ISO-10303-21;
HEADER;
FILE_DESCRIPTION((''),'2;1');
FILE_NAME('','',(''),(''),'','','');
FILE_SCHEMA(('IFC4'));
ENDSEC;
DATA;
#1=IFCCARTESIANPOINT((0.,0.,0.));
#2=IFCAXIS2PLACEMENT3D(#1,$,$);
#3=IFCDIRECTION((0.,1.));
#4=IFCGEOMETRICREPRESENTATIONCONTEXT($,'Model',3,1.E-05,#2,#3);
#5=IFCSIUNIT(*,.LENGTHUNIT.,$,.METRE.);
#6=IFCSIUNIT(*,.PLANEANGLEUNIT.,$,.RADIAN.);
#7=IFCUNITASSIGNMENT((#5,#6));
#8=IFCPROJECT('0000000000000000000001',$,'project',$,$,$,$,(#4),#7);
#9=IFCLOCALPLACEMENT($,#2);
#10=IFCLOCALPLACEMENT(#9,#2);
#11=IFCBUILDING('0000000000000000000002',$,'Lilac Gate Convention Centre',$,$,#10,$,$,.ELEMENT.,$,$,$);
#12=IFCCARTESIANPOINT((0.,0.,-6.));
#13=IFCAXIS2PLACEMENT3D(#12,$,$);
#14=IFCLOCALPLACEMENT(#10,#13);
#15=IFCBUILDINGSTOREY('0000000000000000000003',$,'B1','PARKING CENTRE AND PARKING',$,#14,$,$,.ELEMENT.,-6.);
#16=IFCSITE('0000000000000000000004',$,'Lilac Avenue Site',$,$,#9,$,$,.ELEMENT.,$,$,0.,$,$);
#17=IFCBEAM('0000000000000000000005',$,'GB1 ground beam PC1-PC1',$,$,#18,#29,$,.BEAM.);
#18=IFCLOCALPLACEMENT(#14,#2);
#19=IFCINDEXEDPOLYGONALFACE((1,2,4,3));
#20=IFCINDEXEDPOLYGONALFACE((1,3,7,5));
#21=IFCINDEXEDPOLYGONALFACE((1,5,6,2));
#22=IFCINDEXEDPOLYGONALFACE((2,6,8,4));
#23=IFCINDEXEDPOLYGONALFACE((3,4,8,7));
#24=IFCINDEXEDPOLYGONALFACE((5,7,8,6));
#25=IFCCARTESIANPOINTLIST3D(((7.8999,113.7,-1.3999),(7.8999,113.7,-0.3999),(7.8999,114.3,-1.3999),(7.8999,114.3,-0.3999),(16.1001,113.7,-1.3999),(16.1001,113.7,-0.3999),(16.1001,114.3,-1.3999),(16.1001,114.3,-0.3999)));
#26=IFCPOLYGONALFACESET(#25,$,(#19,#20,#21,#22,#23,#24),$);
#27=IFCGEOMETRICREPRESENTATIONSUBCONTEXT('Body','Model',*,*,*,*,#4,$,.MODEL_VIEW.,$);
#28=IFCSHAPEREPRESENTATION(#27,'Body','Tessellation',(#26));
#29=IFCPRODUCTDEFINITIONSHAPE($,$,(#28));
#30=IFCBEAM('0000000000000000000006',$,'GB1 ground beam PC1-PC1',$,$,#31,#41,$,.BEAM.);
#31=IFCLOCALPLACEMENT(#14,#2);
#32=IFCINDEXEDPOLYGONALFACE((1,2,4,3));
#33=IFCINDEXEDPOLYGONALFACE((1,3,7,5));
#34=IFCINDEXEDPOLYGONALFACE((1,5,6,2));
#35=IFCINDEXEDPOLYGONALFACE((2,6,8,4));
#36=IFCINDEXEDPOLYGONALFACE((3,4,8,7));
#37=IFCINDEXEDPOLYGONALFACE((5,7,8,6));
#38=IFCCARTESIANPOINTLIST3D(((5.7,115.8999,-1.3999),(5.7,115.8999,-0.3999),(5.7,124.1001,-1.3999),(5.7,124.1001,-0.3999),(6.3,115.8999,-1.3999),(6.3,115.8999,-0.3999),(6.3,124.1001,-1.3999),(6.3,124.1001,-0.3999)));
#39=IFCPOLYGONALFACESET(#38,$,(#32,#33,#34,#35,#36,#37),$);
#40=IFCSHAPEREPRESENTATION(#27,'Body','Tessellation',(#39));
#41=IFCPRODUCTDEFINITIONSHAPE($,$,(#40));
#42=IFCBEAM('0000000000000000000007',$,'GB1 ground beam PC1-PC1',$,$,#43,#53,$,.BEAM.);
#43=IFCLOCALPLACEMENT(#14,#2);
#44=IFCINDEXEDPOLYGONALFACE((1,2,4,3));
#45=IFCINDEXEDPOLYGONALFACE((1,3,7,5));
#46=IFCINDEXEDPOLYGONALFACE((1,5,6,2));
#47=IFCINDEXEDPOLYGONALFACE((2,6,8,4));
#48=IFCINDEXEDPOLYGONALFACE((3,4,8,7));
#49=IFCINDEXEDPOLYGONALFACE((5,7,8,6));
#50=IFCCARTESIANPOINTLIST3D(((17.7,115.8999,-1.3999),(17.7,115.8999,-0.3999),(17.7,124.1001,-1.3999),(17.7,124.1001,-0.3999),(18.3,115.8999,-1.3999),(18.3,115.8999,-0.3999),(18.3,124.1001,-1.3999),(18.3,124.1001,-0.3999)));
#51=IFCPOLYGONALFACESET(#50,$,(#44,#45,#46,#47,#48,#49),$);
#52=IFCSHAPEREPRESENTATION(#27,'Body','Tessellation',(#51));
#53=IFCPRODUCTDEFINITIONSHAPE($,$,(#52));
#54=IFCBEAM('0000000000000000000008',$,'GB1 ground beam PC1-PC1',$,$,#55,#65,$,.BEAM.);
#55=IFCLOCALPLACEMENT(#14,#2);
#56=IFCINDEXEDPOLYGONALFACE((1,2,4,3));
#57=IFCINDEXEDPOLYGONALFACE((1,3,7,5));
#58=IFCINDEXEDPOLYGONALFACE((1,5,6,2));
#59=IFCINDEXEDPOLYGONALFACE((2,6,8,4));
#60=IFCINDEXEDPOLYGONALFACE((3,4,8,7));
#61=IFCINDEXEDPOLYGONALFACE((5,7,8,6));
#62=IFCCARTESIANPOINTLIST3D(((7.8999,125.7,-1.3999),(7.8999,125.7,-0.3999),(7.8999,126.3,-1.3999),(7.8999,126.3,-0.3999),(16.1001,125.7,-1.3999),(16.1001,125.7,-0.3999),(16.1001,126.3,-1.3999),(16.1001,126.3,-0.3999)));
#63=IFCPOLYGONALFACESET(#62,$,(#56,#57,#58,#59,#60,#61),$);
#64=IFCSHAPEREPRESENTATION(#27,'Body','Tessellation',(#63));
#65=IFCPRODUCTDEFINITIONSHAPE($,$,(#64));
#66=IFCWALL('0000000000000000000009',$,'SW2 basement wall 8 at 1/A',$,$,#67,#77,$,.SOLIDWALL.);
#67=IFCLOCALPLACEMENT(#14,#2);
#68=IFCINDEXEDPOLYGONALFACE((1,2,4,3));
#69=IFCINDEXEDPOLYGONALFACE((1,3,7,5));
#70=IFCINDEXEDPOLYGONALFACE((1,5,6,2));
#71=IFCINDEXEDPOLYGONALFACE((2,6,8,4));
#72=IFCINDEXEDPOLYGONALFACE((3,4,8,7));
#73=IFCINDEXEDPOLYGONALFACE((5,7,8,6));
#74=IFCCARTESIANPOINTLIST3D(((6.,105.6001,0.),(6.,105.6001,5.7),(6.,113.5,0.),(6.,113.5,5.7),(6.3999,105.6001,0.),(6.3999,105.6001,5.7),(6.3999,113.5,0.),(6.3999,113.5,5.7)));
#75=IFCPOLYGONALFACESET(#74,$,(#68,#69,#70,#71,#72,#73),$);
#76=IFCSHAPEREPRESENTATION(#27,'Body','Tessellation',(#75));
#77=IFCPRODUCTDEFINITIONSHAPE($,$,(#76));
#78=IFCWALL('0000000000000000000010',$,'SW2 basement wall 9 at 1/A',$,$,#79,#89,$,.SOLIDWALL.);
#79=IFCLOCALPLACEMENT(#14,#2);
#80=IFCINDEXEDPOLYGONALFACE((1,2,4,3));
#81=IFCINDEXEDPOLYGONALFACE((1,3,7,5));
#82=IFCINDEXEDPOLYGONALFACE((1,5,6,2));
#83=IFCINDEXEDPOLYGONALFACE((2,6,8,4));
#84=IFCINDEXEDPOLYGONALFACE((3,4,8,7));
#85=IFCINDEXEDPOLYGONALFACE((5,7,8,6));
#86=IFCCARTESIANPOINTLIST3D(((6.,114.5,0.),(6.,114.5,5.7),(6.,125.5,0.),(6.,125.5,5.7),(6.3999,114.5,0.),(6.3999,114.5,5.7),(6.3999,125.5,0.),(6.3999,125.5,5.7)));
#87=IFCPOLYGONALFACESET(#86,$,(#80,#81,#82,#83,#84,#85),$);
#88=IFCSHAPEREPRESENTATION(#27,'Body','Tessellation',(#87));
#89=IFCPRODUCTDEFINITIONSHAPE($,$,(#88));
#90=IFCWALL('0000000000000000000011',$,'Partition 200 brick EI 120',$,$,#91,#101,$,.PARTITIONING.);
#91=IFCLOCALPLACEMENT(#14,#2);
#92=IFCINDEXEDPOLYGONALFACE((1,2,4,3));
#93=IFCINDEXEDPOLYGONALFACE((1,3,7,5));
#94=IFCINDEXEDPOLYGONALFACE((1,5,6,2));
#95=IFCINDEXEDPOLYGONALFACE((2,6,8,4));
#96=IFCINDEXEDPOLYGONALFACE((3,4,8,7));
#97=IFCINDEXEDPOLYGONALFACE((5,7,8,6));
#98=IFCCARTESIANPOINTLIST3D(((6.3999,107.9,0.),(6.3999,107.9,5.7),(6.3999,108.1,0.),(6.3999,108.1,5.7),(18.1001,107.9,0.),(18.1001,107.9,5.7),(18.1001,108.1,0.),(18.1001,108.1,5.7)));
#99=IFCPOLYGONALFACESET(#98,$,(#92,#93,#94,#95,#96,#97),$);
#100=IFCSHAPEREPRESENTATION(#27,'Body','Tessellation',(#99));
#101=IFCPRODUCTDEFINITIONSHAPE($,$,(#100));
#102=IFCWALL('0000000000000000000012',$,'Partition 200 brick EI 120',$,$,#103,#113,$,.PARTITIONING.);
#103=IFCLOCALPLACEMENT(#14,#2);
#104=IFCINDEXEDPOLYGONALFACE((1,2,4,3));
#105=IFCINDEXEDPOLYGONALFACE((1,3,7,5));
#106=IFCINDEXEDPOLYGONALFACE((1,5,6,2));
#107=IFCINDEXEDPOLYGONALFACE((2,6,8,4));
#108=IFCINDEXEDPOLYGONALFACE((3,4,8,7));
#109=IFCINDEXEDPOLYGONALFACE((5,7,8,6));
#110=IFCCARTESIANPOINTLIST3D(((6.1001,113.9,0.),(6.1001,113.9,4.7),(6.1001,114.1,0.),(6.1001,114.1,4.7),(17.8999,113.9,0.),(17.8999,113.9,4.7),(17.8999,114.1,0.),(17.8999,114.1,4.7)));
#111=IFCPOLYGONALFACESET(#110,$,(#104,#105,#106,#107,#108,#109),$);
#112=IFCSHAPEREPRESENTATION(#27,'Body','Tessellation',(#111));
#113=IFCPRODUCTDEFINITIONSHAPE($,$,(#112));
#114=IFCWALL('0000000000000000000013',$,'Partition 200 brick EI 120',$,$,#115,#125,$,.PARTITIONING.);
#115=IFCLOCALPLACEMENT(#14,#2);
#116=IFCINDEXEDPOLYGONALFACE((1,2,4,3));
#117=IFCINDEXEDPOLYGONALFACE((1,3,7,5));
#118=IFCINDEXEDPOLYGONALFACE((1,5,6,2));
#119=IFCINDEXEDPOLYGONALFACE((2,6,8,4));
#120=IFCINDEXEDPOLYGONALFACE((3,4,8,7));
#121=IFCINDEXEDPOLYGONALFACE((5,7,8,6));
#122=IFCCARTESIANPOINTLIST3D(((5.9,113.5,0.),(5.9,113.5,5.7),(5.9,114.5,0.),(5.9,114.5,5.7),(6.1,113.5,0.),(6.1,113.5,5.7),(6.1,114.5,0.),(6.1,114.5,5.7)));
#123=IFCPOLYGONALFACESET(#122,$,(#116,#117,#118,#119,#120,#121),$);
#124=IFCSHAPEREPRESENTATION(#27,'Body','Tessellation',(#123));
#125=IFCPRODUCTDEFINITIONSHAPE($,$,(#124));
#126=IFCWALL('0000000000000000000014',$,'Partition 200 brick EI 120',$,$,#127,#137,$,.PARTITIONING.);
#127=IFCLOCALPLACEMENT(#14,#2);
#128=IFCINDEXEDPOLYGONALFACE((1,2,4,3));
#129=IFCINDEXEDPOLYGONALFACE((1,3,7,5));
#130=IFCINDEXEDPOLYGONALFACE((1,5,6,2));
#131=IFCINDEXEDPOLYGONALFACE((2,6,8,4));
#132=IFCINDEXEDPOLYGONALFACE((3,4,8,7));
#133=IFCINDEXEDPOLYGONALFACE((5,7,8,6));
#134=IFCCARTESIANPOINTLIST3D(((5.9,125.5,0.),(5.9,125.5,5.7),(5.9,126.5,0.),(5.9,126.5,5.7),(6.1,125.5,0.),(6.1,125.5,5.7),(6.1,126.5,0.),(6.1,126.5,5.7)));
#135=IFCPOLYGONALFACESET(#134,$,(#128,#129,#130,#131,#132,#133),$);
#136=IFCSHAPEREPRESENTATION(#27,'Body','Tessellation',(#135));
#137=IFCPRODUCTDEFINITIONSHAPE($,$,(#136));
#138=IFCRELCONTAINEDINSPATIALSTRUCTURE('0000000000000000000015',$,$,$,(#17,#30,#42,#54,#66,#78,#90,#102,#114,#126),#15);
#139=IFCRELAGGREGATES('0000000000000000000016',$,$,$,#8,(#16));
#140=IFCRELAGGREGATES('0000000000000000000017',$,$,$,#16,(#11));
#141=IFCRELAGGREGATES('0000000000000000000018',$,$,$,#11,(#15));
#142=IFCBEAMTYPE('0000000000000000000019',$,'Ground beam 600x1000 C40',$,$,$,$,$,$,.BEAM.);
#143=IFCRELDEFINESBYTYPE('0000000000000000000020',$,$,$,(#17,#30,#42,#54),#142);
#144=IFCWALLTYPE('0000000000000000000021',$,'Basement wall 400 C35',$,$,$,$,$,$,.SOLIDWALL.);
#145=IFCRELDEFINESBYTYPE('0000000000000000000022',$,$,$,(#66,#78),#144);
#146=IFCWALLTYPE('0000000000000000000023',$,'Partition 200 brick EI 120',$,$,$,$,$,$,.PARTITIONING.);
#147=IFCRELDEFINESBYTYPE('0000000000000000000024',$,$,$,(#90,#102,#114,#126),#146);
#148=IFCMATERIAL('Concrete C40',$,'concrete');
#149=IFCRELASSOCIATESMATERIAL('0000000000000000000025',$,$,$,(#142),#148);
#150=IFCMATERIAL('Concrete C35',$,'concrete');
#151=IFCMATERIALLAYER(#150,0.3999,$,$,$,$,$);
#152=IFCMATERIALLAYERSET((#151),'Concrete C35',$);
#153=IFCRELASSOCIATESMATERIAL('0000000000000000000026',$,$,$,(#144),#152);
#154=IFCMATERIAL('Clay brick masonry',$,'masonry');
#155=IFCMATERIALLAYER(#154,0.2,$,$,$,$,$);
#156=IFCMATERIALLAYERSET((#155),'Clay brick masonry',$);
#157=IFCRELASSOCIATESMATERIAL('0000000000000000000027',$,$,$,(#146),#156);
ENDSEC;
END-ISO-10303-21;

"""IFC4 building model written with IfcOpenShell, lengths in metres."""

from ifc_helpers import new_model, si_unit, direction, frame, frame_2d, origin, origin_2d, place, context, subcontext, project, spatial, rectangle, extrude, material, layer, layer_set, material_profile, profile_set, type_object, element, save


model = new_model("IFC4")

# Units and contexts
model_context = context("Model", 3, precision=1e-05, world=origin(), true_north=direction((0.0, 1.0)))
body_context = subcontext(model_context, "Body", "Model", "MODEL_VIEW")
ifc_project = project(units=[si_unit("LENGTHUNIT", "METRE"), si_unit("PLANEANGLEUNIT", "RADIAN")], contexts=[model_context])

# Site, building, storey
site_placement = place(None, origin())
site = spatial("IfcSite", under=ifc_project, at=site_placement, Name="Lilac Avenue Site", CompositionType="ELEMENT", RefElevation=0.0)
building_placement = place(site_placement, origin())
building = spatial("IfcBuilding", under=site, at=building_placement, Name="Lilac Gate Convention Centre", CompositionType="ELEMENT")
storey_placement = place(building_placement, frame((0.0, 0.0, -6.0)))
storey = spatial("IfcBuildingStorey", under=building, at=storey_placement, Name="B1", Description="PARKING CENTRE AND PARKING", CompositionType="ELEMENT", Elevation=-6.0)

# Shared definitions
ifc_material_1 = material(Name="Concrete C35", Category="concrete")

# Shared definitions
ifc_material_2 = material(Name="Concrete C40", Category="concrete")

# Beams
ifc_material_profile_1 = material_profile(ifc_material_2, rectangle(XDim=0.6001, YDim=1.0, at=origin_2d()), Name="RC 600x1000")
ifc_profile_set_1 = profile_set([ifc_material_profile_1], Name="Concrete C40")
beam_type = type_object("IfcBeamType", Name="Ground beam 600x1000 C40", PredefinedType="BEAM", material=ifc_profile_set_1)
for number, where, z_axis, x_axis, name in (
    (1, (7.8999, 114.0, -0.8999), (1.0, 0.0, 0.0), (0.0, 1.0, 0.0), "GB1 ground beam PC1-PC1"),
    (2, (6.0, 115.8999, -0.8999), (0.0, 1.0, 0.0), (-1.0, 0.0, 0.0), "GB1 ground beam PC1-PC1"),
    (3, (18.0, 115.8999, -0.8999), (0.0, 1.0, 0.0), (-1.0, 0.0, 0.0), "GB1 ground beam PC1-PC1"),
    (4, (7.8999, 126.0, -0.8999), (1.0, 0.0, 0.0), (0.0, 1.0, 0.0), "GB1 ground beam PC1-PC1"),
):
    element("IfcBeam", number, at=place(storey_placement, frame(where, z_axis=z_axis, x_axis=x_axis)), inside=storey, type_object=beam_type, Name=name, PredefinedType="BEAM", context=body_context, shape_type="SweptSolid", body=[
        extrude(rectangle(XDim=0.6001, YDim=1.0, at=origin_2d()), origin(), (0.0, 0.0, 1.0), 8.2002),
    ])

# Walls
ifc_layer_1 = layer(ifc_material_1, 0.3999)
ifc_layer_set_1 = layer_set([ifc_layer_1], Name="Concrete C35")
wall_type_1 = type_object("IfcWallType", Name="Basement wall 400 C35", PredefinedType="SOLIDWALL", material=ifc_layer_set_1)
wall_1_placement = place(storey_placement, frame((6.2, 105.6001, 0.0), z_axis=(0.0, 0.0, 1.0), x_axis=(0.0, 1.0, 0.0)))
element("IfcWall", 5, at=wall_1_placement, inside=storey, type_object=wall_type_1, Name="SW2 basement wall 8 at 1/A", PredefinedType="SOLIDWALL", context=body_context, shape_type="SweptSolid", body=[
    extrude(rectangle(XDim=7.8999, YDim=0.3999, at=frame_2d((3.95, 0.0))), origin(), (0.0, 0.0, 1.0), 5.7),
])
wall_2_placement = place(storey_placement, frame((6.2, 114.5, 0.0), z_axis=(0.0, 0.0, 1.0), x_axis=(0.0, 1.0, 0.0)))
element("IfcWall", 6, at=wall_2_placement, inside=storey, type_object=wall_type_1, Name="SW2 basement wall 9 at 1/A", PredefinedType="SOLIDWALL", context=body_context, shape_type="SweptSolid", body=[
    extrude(rectangle(XDim=11.0, YDim=0.3999, at=frame_2d((5.5, 0.0))), origin(), (0.0, 0.0, 1.0), 5.7),
])
ifc_material_3 = material(Name="Clay brick masonry", Category="masonry")
ifc_layer_2 = layer(ifc_material_3, 0.2)
ifc_layer_set_2 = layer_set([ifc_layer_2], Name="Clay brick masonry")
wall_type_2 = type_object("IfcWallType", Name="Partition 200 brick EI 120", PredefinedType="PARTITIONING", material=ifc_layer_set_2)
wall_3_placement = place(storey_placement, frame((6.3999, 108.0, 0.0), z_axis=(0.0, 0.0, 1.0), x_axis=(1.0, 0.0, 0.0)))
element("IfcWall", 7, at=wall_3_placement, inside=storey, type_object=wall_type_2, Name="Partition 200 brick EI 120", PredefinedType="PARTITIONING", context=body_context, shape_type="SweptSolid", body=[
    extrude(rectangle(XDim=11.7002, YDim=0.2, at=frame_2d((5.8501, 0.0))), origin(), (0.0, 0.0, 1.0), 5.7),
])
wall_4_placement = place(storey_placement, frame((6.1001, 114.0, 0.0), z_axis=(0.0, 0.0, 1.0), x_axis=(1.0, 0.0, 0.0)))
element("IfcWall", 8, at=wall_4_placement, inside=storey, type_object=wall_type_2, Name="Partition 200 brick EI 120", PredefinedType="PARTITIONING", context=body_context, shape_type="SweptSolid", body=[
    extrude(rectangle(XDim=11.7998, YDim=0.2, at=frame_2d((5.8999, 0.0))), origin(), (0.0, 0.0, 1.0), 4.7),
])
for number, where, z_axis, x_axis, name in (
    (9, (6.0, 113.5, 0.0), (0.0, 0.0, 1.0), (0.0, 1.0, 0.0), "Partition 200 brick EI 120"),
    (10, (6.0, 125.5, 0.0), (0.0, 0.0, 1.0), (0.0, 1.0, 0.0), "Partition 200 brick EI 120"),
):
    element("IfcWall", number, at=place(storey_placement, frame(where, z_axis=z_axis, x_axis=x_axis)), inside=storey, type_object=wall_type_2, Name=name, PredefinedType="PARTITIONING", context=body_context, shape_type="SweptSolid", body=[
        extrude(rectangle(XDim=1.0, YDim=0.2, at=frame_2d((0.5, 0.0))), origin(), (0.0, 0.0, 1.0), 5.7),
    ])

save(model, "model.ifc")
